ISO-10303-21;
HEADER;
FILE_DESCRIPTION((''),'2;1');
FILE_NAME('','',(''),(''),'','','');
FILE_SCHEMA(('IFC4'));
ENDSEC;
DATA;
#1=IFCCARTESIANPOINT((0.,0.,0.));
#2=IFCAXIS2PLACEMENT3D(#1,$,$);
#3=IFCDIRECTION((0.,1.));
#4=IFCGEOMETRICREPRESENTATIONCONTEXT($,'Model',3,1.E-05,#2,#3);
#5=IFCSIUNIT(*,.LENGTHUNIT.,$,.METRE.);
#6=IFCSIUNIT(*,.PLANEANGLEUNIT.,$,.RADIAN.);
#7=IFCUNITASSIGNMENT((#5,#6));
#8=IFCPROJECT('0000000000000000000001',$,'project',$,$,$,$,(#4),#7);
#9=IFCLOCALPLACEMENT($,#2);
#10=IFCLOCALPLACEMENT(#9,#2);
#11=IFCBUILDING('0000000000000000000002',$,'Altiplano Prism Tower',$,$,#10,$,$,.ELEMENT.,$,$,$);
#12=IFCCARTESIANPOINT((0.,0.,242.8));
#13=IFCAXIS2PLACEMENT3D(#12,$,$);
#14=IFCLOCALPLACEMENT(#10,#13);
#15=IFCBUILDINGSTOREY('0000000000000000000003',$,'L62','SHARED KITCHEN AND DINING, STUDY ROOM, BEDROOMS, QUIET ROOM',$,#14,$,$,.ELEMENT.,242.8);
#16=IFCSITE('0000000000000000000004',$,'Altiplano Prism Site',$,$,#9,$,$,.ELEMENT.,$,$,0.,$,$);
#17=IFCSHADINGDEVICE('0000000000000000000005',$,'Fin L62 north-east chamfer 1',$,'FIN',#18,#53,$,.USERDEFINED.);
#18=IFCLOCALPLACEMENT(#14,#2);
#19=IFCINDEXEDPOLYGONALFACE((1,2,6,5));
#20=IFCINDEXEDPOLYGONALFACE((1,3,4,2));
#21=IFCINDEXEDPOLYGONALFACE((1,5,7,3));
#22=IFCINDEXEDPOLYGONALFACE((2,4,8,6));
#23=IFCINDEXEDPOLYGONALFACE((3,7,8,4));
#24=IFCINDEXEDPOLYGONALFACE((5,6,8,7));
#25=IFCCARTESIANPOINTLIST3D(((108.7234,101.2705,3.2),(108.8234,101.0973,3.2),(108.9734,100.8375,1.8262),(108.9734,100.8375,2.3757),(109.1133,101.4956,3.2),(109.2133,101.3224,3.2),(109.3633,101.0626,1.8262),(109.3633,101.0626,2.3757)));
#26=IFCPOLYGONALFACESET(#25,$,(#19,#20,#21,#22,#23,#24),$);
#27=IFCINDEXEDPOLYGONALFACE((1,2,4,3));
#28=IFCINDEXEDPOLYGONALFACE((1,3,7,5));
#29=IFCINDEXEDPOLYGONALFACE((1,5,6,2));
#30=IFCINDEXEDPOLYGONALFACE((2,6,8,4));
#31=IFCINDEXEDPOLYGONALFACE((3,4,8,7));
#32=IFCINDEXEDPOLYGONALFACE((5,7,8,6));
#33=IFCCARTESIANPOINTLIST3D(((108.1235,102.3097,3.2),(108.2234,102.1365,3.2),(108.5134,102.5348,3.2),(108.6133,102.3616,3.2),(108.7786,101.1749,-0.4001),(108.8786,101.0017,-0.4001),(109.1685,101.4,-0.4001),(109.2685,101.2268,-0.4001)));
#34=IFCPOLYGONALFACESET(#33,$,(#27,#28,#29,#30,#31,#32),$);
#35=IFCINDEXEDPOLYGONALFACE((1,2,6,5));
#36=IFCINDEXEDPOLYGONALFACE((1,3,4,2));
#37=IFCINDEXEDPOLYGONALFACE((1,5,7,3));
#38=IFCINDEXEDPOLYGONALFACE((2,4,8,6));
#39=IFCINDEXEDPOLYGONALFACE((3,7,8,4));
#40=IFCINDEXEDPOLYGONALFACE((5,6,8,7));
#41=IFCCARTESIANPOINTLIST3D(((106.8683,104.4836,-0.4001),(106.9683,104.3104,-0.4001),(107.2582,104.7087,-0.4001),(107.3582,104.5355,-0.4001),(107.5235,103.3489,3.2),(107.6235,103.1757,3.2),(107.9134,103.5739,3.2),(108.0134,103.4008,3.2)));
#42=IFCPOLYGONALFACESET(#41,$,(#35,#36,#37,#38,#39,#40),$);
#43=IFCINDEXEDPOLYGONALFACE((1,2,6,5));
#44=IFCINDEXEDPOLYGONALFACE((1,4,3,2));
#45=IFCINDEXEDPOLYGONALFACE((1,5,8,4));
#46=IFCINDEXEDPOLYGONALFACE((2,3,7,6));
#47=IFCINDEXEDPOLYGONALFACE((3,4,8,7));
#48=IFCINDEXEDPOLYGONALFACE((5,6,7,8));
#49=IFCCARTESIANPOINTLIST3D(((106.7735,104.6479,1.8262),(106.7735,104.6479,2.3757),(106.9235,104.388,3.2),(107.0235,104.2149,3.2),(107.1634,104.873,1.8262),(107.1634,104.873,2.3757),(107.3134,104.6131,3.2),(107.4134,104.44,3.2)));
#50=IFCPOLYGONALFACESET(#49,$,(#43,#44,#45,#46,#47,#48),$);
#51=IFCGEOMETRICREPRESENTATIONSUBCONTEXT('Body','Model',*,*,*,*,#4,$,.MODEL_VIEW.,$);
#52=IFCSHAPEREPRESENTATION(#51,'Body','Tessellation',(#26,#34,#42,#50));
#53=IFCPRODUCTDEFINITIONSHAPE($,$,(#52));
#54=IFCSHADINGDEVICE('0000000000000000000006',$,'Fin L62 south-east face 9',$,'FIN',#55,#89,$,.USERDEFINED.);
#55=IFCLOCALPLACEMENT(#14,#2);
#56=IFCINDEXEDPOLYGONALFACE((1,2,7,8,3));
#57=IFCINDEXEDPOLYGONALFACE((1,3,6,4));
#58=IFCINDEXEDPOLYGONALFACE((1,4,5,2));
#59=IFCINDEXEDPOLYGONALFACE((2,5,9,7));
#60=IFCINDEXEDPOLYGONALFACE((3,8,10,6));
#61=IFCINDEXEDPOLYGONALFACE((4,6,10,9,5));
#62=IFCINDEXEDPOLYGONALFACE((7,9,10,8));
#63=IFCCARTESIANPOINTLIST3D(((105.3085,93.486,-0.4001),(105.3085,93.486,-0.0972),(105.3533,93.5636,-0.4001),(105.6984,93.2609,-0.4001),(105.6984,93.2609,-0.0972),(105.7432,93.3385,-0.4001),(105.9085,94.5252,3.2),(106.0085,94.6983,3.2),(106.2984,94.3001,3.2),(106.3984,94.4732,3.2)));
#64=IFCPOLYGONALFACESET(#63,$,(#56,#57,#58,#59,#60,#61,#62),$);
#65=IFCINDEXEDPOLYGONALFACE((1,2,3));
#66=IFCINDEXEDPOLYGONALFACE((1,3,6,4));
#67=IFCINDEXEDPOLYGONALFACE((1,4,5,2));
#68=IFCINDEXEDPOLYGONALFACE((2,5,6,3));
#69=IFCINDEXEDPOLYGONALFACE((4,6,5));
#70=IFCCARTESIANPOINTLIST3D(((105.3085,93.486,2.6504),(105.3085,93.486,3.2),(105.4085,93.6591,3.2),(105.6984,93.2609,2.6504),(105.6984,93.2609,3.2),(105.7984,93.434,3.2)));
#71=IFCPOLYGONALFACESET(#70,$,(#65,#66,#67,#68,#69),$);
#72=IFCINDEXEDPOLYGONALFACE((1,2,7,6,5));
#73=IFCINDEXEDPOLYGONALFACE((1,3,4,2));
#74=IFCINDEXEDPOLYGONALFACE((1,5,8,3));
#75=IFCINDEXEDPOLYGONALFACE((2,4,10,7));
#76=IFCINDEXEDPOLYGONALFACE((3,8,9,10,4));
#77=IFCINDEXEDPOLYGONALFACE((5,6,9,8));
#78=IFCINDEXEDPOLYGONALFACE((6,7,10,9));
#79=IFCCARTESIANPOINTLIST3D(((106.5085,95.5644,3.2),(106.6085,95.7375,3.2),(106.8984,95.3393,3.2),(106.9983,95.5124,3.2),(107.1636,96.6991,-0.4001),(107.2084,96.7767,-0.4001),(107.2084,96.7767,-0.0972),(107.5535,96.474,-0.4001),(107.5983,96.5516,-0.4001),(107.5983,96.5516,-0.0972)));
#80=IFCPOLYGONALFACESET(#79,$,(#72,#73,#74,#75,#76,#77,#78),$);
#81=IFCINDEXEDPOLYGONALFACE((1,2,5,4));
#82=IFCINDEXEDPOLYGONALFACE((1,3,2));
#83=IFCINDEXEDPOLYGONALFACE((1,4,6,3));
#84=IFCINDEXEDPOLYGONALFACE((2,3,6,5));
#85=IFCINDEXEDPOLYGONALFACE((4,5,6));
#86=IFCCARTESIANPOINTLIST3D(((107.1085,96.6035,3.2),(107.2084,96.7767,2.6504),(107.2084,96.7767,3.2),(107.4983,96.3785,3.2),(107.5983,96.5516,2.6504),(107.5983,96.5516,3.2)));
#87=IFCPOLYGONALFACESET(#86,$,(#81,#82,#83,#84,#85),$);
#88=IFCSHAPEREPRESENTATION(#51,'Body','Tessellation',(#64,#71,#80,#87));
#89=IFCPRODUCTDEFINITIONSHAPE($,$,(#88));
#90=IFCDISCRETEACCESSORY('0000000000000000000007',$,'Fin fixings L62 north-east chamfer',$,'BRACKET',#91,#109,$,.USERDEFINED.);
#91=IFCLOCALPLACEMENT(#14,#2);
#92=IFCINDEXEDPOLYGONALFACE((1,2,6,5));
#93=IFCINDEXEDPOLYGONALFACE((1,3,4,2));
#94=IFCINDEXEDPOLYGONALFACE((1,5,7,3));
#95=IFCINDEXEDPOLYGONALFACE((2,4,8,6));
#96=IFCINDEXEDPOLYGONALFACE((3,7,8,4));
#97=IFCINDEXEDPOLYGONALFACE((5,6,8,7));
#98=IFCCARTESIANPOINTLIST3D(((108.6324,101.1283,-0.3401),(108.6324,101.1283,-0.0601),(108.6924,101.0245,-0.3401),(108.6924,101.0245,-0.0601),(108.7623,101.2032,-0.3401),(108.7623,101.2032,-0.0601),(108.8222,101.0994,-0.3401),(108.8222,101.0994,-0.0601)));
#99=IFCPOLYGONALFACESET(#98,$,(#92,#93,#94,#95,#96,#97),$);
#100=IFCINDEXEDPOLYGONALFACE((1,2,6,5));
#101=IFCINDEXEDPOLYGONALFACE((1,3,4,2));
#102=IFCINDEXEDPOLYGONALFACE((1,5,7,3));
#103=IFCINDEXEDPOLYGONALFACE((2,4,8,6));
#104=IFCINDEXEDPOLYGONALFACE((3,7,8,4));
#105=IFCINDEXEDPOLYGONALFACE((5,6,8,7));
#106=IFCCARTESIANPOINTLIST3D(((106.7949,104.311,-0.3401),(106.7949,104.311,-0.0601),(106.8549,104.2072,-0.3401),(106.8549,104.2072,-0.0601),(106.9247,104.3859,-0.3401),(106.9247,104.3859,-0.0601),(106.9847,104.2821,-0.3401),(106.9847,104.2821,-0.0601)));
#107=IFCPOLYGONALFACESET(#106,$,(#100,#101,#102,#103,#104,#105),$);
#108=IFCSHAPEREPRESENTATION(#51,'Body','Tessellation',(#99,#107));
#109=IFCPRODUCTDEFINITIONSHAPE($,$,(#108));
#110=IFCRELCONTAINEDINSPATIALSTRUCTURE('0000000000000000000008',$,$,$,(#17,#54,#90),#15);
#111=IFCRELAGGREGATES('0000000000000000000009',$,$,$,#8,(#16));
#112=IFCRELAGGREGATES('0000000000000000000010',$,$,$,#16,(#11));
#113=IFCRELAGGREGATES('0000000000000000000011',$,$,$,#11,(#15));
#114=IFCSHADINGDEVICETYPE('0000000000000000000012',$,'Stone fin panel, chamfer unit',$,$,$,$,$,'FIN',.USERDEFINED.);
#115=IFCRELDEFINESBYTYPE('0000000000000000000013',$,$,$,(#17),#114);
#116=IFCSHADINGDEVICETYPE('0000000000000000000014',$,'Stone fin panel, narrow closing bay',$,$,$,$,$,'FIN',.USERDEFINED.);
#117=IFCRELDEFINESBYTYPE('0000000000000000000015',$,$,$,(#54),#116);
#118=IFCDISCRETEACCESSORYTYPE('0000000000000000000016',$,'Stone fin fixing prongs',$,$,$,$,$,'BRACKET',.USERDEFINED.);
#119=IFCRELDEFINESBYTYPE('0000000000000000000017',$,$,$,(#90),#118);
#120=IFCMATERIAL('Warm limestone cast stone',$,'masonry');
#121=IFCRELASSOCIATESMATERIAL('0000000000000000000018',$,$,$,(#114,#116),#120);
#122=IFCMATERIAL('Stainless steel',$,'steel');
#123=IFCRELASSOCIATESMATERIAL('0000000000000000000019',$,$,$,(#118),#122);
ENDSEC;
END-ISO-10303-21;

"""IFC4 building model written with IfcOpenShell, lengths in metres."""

from ifc_helpers import new_model, si_unit, direction, frame, origin, place, context, subcontext, project, spatial, polyline, outline, extrude, source, transform, mapped, material, type_object, element, save


model = new_model("IFC4")

# Units and contexts
model_context = context("Model", 3, precision=1e-05, world=origin(), true_north=direction((0.0, 1.0)))
body_context = subcontext(model_context, "Body", "Model", "MODEL_VIEW")
ifc_project = project(units=[si_unit("LENGTHUNIT", "METRE"), si_unit("PLANEANGLEUNIT", "RADIAN")], contexts=[model_context])

# Site, building, storey
site_placement = place(None, origin())
site = spatial("IfcSite", under=ifc_project, at=site_placement, Name="Altiplano Prism Site", CompositionType="ELEMENT", RefElevation=0.0)
building_placement = place(site_placement, origin())
building = spatial("IfcBuilding", under=site, at=building_placement, Name="Altiplano Prism Tower", CompositionType="ELEMENT")
storey_placement = place(building_placement, frame((0.0, 0.0, 242.8)))
storey = spatial("IfcBuildingStorey", under=building, at=storey_placement, Name="L62", Description="SHARED KITCHEN AND DINING, STUDY ROOM, BEDROOMS, QUIET ROOM", CompositionType="ELEMENT", Elevation=242.8)

# Shading devices
ifc_material_1 = material(Name="Warm limestone cast stone", Category="masonry")
shared_shape_1 = source(origin(), body_context, "Body", "SweptSolid", [
    extrude(outline(polyline([(-2.2, 2.2263), (-1.7, 3.6001), (-1.8999, 3.6001), (-2.2, 2.7759), (-2.2, 2.2263)])), frame((0.0, -0.1499, 0.0), z_axis=(0.0, -1.0, 0.0), x_axis=(1.0, 0.0, 0.0)), (0.0, 0.0, 1.0), 0.4502),
    extrude(outline(polyline([(-2.0103, 0.0), (-1.8103, 0.0), (-0.5, 3.6001), (-0.7, 3.6001), (-2.0103, 0.0)])), frame((0.0, -0.1499, 0.0), z_axis=(0.0, -1.0, 0.0), x_axis=(1.0, 0.0, 0.0)), (0.0, 0.0, 1.0), 0.4502),
    extrude(outline(polyline([(1.8103, 0.0), (2.0103, 0.0), (0.7, 3.6001), (0.5, 3.6001), (1.8103, 0.0)])), frame((0.0, -0.1499, 0.0), z_axis=(0.0, -1.0, 0.0), x_axis=(1.0, 0.0, 0.0)), (0.0, 0.0, 1.0), 0.4502),
    extrude(outline(polyline([(2.2, 2.7759), (1.8999, 3.6001), (1.7, 3.6001), (2.2, 2.2263), (2.2, 2.7759)])), frame((0.0, -0.1499, 0.0), z_axis=(0.0, -1.0, 0.0), x_axis=(1.0, 0.0, 0.0)), (0.0, 0.0, 1.0), 0.4502),
])
shading_device_type_1 = type_object("IfcShadingDeviceType", Name="Stone fin panel, chamfer unit", ElementType="FIN", PredefinedType="USERDEFINED", material=ifc_material_1)
shading_device_1_placement = place(storey_placement, origin())
element("IfcShadingDevice", 1, at=shading_device_1_placement, inside=storey, type_object=shading_device_type_1, Name="Fin L62 north-east chamfer 1", ObjectType="FIN", PredefinedType="USERDEFINED", context=body_context, shape_type="MappedRepresentation", body=[
    mapped(shared_shape_1, transform((107.7437, 102.6677, -0.4001), x_axis=(-0.5, 0.866025, 0.0), y_axis=(-0.866025, -0.5, 0.0), z_axis=(0.0, 0.0, 1.0))),
])
shading_device_type_2 = type_object("IfcShadingDeviceType", Name="Stone fin panel, narrow closing bay", ElementType="FIN", PredefinedType="USERDEFINED", material=ifc_material_1)
shared_shape_2 = source(origin(), body_context, "Body", "SweptSolid", [
    extrude(outline(polyline([(-1.8999, 0.0), (-1.8103, 0.0), (-0.5, 3.6001), (-0.7, 3.6001), (-1.8999, 0.303), (-1.8999, 0.0)])), frame((0.0, -0.1499, 0.0), z_axis=(0.0, -1.0, 0.0), x_axis=(1.0, 0.0, 0.0)), (0.0, 0.0, 1.0), 0.4502),
    extrude(outline(polyline([(-1.8999, 3.0505), (-1.7, 3.6001), (-1.8999, 3.6001), (-1.8999, 3.0505)])), frame((0.0, -0.1499, 0.0), z_axis=(0.0, -1.0, 0.0), x_axis=(1.0, 0.0, 0.0)), (0.0, 0.0, 1.0), 0.4502),
    extrude(outline(polyline([(1.8103, 0.0), (1.8999, 0.0), (1.8999, 0.303), (0.7, 3.6001), (0.5, 3.6001), (1.8103, 0.0)])), frame((0.0, -0.1499, 0.0), z_axis=(0.0, -1.0, 0.0), x_axis=(1.0, 0.0, 0.0)), (0.0, 0.0, 1.0), 0.4502),
    extrude(outline(polyline([(1.8999, 3.6001), (1.7, 3.6001), (1.8999, 3.0505), (1.8999, 3.6001)])), frame((0.0, -0.1499, 0.0), z_axis=(0.0, -1.0, 0.0), x_axis=(1.0, 0.0, 0.0)), (0.0, 0.0, 1.0), 0.4502),
])
shading_device_2_placement = place(storey_placement, origin())
element("IfcShadingDevice", 2, at=shading_device_2_placement, inside=storey, type_object=shading_device_type_2, Name="Fin L62 south-east face 9", ObjectType="FIN", PredefinedType="USERDEFINED", context=body_context, shape_type="MappedRepresentation", body=[
    mapped(shared_shape_2, transform((106.1287, 95.2063, -0.4001), x_axis=(0.5, 0.866025, 0.0), y_axis=(-0.866025, 0.5, 0.0), z_axis=(0.0, 0.0, 1.0))),
])

# Discrete accessory
ifc_material_2 = material(Name="Stainless steel", Category="steel")
discrete_accessory_type = type_object("IfcDiscreteAccessoryType", Name="Stone fin fixing prongs", ElementType="BRACKET", PredefinedType="USERDEFINED", material=ifc_material_2)
shared_shape_3 = source(origin(), body_context, "Body", "SweptSolid", [
    extrude(outline(polyline([(-1.8975, 0.0601), (-1.7776, 0.0601), (-1.7776, 0.3401), (-1.8975, 0.3401), (-1.8975, 0.0601)])), frame((0.0, 0.0, 0.0), z_axis=(0.0, -1.0, 0.0), x_axis=(1.0, 0.0, 0.0)), (0.0, 0.0, 1.0), 0.1499),
    extrude(outline(polyline([(1.7776, 0.0601), (1.8975, 0.0601), (1.8975, 0.3401), (1.7776, 0.3401), (1.7776, 0.0601)])), frame((0.0, 0.0, 0.0), z_axis=(0.0, -1.0, 0.0), x_axis=(1.0, 0.0, 0.0)), (0.0, 0.0, 1.0), 0.1499),
])
discrete_accessory_1_placement = place(storey_placement, origin())
element("IfcDiscreteAccessory", 3, at=discrete_accessory_1_placement, inside=storey, type_object=discrete_accessory_type, Name="Fin fixings L62 north-east chamfer", ObjectType="BRACKET", PredefinedType="USERDEFINED", context=body_context, shape_type="MappedRepresentation", body=[
    mapped(shared_shape_3, transform((107.7437, 102.6677, -0.4001), x_axis=(-0.5, 0.866025, 0.0), y_axis=(-0.866025, -0.5, 0.0), z_axis=(0.0, 0.0, 1.0))),
])

save(model, "model.ifc")
